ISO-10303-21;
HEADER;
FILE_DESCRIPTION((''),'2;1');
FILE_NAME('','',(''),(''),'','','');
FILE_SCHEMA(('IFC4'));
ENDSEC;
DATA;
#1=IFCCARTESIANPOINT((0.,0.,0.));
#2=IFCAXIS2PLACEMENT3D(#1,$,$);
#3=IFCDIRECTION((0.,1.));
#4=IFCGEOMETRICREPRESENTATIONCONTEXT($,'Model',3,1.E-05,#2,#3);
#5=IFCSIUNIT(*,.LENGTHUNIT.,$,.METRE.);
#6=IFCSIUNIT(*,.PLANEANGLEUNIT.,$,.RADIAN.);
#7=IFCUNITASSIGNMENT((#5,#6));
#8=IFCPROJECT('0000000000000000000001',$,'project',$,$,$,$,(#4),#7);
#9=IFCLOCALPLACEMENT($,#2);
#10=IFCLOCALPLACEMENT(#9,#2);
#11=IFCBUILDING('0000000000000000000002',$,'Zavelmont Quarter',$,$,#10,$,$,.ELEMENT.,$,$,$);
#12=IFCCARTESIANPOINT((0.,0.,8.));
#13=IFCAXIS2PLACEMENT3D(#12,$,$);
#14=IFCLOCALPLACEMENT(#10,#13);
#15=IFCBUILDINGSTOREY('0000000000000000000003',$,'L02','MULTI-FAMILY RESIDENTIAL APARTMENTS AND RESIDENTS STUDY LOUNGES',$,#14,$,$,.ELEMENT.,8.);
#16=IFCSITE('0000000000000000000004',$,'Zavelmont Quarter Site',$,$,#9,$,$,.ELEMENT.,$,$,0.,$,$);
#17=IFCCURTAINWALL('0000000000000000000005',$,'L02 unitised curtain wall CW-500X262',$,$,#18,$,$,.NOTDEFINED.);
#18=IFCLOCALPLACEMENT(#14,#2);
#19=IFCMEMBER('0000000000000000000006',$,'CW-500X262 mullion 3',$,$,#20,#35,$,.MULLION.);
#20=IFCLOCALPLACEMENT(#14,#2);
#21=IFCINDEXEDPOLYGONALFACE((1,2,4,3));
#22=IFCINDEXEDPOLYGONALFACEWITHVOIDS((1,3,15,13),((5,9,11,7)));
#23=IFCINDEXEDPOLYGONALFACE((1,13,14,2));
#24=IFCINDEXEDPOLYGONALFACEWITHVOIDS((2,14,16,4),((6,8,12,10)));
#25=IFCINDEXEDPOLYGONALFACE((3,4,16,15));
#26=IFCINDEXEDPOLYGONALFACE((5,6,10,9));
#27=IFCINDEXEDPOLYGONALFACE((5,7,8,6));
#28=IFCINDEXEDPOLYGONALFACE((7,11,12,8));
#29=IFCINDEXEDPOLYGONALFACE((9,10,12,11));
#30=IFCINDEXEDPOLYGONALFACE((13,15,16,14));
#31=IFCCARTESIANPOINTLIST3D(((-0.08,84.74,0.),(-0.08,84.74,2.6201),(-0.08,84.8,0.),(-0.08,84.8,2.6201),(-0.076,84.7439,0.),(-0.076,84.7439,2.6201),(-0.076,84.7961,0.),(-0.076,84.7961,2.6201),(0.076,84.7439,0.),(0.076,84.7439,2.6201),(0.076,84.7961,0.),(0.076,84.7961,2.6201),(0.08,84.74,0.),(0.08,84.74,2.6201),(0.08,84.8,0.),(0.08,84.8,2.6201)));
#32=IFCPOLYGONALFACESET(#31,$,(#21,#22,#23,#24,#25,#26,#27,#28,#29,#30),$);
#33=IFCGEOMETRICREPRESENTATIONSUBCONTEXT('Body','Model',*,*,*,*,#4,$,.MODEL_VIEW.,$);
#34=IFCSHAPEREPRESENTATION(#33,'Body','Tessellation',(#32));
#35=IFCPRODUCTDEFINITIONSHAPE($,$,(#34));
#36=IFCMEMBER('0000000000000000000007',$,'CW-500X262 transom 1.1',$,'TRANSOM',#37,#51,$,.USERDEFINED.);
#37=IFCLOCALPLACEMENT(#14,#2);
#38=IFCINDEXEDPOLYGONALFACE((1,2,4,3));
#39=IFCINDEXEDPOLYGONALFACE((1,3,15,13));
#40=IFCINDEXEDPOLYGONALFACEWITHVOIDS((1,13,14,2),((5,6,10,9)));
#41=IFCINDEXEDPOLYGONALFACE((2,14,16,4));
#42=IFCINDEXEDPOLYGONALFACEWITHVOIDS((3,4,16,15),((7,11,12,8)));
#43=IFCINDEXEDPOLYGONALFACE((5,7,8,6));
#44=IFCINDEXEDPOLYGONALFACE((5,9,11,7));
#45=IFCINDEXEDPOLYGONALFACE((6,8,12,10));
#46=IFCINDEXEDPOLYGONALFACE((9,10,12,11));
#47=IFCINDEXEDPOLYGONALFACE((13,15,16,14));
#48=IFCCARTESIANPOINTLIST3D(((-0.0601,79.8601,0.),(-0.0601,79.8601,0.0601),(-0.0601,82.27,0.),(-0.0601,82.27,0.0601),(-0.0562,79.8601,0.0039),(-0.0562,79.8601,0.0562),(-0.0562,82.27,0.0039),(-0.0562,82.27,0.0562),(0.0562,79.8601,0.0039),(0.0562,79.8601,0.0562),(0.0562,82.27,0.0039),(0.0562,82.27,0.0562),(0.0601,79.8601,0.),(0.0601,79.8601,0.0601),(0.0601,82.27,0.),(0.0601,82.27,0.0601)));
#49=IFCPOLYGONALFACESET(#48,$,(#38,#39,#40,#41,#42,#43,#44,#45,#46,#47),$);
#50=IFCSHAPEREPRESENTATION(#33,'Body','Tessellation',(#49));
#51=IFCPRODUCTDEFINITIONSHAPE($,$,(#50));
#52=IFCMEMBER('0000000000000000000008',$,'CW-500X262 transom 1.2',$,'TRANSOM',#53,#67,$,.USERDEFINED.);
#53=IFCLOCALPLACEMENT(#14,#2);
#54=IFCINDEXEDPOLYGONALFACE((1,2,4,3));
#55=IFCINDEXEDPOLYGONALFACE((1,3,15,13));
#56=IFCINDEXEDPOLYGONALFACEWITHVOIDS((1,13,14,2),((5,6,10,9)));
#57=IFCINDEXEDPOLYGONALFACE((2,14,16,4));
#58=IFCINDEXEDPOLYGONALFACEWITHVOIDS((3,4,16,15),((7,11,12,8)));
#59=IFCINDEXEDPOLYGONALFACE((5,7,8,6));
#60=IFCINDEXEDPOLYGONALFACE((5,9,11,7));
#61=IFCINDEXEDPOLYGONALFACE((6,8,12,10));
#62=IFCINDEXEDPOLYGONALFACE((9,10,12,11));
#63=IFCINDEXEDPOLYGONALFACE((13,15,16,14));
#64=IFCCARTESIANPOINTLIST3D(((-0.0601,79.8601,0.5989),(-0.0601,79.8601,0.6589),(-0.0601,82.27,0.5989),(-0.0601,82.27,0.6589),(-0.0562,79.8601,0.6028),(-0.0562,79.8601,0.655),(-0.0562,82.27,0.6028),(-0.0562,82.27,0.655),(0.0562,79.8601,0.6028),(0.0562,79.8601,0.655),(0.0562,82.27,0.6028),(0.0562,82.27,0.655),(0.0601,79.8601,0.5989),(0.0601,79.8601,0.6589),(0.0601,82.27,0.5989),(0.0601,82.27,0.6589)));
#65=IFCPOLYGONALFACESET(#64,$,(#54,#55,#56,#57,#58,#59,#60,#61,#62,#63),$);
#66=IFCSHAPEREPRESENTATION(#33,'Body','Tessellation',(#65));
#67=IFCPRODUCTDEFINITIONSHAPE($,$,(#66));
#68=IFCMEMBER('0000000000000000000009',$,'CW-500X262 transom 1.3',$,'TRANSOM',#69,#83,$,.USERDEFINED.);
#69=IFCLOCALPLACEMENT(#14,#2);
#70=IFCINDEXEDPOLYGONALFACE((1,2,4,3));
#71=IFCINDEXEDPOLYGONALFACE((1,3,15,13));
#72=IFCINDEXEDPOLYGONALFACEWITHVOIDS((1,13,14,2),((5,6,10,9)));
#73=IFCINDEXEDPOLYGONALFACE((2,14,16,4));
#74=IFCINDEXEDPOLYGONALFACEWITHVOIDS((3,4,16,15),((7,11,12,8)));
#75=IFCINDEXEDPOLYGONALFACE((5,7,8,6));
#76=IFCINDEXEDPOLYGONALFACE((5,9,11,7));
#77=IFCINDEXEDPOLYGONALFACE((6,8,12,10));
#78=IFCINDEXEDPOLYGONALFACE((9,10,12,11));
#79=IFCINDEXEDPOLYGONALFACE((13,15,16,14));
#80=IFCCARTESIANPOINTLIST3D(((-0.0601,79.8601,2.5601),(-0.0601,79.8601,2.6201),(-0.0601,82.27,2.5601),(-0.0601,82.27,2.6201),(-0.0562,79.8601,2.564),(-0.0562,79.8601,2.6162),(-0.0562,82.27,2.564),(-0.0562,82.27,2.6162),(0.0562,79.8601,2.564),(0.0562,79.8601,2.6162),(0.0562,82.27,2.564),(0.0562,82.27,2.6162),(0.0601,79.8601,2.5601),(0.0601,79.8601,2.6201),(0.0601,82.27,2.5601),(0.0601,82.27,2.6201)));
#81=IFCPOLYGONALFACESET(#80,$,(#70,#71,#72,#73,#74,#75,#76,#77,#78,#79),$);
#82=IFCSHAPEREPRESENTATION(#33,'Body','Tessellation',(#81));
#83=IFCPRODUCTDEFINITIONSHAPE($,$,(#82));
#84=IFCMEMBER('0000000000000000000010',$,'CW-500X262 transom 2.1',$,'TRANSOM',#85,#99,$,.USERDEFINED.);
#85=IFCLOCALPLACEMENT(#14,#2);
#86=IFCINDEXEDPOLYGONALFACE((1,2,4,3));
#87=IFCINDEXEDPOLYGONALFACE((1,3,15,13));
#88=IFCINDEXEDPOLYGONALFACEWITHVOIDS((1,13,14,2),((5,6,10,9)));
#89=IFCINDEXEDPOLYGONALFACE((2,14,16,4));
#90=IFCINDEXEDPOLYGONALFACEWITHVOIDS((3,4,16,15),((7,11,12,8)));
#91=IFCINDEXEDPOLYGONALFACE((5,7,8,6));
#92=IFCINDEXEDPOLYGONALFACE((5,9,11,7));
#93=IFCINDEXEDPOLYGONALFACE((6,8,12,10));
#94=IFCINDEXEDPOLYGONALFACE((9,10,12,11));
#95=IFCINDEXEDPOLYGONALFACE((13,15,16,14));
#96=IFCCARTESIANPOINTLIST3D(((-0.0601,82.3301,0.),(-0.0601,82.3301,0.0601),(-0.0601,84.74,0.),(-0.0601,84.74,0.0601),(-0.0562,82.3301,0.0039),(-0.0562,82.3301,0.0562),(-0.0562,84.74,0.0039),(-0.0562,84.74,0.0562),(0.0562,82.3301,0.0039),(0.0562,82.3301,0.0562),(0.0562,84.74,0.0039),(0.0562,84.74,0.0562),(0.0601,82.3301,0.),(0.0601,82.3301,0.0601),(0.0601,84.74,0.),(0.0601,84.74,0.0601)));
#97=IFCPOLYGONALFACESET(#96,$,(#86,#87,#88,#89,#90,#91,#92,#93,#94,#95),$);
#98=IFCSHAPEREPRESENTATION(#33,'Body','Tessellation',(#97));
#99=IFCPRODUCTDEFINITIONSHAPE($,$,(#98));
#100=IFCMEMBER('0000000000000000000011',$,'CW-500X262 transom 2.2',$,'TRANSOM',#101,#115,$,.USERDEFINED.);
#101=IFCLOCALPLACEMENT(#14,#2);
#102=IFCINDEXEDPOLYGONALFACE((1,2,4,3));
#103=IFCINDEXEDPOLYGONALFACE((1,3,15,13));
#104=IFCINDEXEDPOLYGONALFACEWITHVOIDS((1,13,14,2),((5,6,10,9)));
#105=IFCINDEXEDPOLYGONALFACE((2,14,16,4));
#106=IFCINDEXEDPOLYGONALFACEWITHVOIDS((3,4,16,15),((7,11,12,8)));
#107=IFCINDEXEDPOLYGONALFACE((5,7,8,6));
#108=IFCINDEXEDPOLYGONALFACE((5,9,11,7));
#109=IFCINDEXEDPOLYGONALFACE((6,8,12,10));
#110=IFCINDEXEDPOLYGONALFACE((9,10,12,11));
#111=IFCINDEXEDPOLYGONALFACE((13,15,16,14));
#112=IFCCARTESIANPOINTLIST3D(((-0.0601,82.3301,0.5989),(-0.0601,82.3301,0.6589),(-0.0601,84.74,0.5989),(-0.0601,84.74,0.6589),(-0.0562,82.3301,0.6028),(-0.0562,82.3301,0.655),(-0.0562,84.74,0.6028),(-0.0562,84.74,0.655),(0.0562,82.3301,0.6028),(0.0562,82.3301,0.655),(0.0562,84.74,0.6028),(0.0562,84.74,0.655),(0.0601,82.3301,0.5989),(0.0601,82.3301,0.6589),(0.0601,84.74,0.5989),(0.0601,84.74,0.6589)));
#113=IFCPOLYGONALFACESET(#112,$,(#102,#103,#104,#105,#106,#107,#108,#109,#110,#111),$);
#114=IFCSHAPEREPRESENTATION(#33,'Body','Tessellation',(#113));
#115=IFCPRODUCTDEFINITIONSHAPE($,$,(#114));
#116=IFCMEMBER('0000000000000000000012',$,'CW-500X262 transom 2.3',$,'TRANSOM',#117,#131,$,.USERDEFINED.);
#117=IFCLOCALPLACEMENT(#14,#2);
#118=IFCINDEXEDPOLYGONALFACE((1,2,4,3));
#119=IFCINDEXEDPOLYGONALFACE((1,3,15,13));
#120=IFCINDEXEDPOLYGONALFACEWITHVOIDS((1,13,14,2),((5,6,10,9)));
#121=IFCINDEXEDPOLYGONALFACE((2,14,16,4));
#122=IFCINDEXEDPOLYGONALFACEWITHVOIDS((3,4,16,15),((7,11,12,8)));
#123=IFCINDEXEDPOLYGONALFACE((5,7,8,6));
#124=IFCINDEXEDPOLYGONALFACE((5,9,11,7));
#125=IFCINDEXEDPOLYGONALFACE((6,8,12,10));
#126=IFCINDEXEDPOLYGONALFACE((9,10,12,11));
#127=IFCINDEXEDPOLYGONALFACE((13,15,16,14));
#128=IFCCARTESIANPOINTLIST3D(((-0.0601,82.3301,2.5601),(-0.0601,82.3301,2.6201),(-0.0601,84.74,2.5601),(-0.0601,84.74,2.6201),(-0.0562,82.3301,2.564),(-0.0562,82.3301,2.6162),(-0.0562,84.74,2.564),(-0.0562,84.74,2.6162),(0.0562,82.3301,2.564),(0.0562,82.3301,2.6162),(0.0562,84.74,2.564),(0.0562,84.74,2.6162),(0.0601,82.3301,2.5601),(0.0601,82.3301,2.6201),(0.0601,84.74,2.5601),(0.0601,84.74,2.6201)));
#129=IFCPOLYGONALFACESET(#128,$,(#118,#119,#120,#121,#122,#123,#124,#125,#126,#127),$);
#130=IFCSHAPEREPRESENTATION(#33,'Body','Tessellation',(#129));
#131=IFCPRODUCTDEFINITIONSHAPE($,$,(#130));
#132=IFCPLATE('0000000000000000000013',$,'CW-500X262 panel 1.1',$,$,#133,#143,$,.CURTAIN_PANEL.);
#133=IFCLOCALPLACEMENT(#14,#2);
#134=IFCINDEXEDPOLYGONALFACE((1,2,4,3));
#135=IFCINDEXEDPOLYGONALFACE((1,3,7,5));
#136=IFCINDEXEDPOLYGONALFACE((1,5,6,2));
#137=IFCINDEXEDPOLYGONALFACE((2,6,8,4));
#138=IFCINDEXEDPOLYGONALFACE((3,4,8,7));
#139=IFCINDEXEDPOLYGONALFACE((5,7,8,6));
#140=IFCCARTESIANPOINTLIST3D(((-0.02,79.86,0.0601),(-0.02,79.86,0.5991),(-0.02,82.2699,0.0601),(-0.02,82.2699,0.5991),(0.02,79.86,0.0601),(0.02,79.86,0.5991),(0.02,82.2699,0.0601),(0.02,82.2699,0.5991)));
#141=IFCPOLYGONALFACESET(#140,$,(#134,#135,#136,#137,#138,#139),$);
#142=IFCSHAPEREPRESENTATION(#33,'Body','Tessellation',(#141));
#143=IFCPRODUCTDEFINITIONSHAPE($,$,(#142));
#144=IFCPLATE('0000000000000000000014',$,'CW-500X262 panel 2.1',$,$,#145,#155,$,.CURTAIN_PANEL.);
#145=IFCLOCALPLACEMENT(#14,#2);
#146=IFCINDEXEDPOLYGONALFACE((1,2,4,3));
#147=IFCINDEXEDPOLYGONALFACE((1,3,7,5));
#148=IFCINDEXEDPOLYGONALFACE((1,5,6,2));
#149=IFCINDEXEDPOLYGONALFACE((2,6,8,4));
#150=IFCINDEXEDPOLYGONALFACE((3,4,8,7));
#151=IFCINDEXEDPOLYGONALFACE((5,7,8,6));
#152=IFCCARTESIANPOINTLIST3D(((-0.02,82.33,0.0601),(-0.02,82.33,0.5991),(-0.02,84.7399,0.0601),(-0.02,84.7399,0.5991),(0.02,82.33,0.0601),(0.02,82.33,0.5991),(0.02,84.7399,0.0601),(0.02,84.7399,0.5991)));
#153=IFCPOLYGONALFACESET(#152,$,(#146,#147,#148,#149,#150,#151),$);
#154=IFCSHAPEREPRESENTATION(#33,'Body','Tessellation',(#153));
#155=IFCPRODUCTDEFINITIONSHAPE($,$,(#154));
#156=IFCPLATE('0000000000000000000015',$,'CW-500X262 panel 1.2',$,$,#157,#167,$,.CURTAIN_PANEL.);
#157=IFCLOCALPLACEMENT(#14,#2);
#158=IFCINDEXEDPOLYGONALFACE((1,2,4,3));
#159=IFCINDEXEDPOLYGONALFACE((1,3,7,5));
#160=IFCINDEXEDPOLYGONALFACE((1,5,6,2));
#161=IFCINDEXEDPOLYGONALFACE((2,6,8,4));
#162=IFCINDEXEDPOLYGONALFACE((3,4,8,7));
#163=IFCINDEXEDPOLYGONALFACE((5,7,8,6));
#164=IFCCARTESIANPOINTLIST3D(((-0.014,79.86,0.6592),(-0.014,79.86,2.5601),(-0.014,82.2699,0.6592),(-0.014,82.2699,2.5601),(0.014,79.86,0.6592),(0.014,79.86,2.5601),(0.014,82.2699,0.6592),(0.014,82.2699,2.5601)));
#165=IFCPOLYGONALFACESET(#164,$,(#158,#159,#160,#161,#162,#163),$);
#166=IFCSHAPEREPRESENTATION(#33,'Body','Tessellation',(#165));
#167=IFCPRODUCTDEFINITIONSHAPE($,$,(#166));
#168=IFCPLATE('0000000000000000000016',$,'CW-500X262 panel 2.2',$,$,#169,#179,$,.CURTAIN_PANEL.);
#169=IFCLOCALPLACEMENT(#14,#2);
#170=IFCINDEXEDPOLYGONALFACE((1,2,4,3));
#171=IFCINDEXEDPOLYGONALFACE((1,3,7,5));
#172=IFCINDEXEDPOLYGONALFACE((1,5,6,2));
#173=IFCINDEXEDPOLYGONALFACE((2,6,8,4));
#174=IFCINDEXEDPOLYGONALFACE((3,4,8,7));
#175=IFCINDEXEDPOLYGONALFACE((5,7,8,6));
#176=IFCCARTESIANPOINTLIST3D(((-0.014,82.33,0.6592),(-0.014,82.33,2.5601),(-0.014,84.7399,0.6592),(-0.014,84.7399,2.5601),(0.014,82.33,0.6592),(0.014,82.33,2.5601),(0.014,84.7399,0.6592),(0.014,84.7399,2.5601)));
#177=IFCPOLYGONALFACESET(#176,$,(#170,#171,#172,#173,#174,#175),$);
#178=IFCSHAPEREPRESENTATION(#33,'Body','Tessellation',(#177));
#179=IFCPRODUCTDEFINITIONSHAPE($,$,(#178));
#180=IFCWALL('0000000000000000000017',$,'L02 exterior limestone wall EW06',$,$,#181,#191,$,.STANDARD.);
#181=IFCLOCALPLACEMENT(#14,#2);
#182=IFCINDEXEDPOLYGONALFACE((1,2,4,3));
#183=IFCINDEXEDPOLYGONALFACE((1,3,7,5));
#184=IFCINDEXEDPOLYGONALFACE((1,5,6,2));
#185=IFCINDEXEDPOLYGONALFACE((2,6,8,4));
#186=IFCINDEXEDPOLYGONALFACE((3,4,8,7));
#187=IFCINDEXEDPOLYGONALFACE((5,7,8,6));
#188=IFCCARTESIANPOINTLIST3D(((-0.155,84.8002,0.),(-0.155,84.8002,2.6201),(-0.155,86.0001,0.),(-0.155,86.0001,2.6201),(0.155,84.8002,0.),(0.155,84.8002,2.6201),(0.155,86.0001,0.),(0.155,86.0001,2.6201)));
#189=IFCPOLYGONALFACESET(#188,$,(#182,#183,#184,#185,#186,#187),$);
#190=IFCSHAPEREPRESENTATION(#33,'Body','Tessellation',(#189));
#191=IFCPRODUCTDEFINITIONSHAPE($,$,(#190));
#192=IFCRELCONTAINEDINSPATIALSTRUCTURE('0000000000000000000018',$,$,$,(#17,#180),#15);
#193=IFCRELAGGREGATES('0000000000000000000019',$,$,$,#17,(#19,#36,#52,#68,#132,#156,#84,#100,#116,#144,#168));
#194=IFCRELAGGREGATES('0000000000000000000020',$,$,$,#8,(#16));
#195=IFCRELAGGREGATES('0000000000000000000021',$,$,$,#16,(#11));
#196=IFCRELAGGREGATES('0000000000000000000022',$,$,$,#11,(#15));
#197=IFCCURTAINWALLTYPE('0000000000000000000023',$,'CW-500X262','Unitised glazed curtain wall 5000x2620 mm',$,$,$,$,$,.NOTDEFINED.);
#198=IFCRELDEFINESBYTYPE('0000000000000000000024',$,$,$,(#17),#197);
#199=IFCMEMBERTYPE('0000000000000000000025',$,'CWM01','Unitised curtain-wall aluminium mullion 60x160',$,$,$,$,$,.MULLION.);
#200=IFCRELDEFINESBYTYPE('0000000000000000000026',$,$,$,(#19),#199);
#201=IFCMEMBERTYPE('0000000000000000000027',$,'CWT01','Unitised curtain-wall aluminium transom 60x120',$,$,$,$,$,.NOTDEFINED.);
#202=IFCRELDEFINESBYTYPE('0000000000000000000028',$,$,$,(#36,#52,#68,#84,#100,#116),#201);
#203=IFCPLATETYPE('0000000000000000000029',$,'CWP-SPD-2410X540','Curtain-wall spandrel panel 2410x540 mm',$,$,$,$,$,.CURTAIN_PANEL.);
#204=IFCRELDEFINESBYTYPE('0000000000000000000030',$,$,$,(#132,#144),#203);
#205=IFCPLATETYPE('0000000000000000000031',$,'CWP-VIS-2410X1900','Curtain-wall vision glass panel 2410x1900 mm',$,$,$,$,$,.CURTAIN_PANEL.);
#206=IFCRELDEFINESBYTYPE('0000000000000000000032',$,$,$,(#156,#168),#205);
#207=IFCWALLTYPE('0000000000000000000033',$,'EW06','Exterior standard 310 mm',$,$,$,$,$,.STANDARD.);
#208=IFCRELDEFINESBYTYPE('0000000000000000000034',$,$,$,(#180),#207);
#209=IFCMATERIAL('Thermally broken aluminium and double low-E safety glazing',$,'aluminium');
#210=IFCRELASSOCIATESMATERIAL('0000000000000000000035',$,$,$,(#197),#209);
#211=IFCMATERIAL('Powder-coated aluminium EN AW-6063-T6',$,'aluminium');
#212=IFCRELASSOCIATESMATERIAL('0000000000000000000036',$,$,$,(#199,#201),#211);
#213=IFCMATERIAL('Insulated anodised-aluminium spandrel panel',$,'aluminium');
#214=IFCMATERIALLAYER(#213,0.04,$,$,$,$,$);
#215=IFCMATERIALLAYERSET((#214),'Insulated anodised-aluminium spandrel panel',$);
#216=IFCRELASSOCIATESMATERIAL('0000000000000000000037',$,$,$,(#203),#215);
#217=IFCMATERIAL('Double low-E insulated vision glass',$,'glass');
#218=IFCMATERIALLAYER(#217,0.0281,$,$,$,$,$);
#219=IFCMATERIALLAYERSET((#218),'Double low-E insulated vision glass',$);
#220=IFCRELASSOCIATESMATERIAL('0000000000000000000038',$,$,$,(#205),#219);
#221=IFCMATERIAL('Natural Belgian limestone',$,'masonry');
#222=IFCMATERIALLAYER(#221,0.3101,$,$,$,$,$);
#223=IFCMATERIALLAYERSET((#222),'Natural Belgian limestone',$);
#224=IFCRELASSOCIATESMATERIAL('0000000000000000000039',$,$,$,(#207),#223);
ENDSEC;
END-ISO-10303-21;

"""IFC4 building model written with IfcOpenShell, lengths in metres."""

from ifc_helpers import new_model, si_unit, direction, frame, frame_2d, origin, origin_2d, place, context, subcontext, project, spatial, rectangle, hollow_rectangle, extrude, material, layer, layer_set, material_profile, profile_set, type_object, element, aggregate, save


model = new_model("IFC4")

# Units and contexts
model_context = context("Model", 3, precision=1e-05, world=origin(), true_north=direction((0.0, 1.0)))
body_context = subcontext(model_context, "Body", "Model", "MODEL_VIEW")
ifc_project = project(units=[si_unit("LENGTHUNIT", "METRE"), si_unit("PLANEANGLEUNIT", "RADIAN")], contexts=[model_context])

# Site, building, storey
site_placement = place(None, origin())
site = spatial("IfcSite", under=ifc_project, at=site_placement, Name="Zavelmont Quarter Site", CompositionType="ELEMENT", RefElevation=0.0)
building_placement = place(site_placement, origin())
building = spatial("IfcBuilding", under=site, at=building_placement, Name="Zavelmont Quarter", CompositionType="ELEMENT")
storey_placement = place(building_placement, frame((0.0, 0.0, 8.0)))
storey = spatial("IfcBuildingStorey", under=building, at=storey_placement, Name="L02", Description="MULTI-FAMILY RESIDENTIAL APARTMENTS AND RESIDENTS STUDY LOUNGES", CompositionType="ELEMENT", Elevation=8.0)

# Curtain wall, members, plates
ifc_material_1 = material(Name="Thermally broken aluminium and double low-E safety glazing", Category="aluminium")
curtain_wall_type = type_object("IfcCurtainWallType", Name="CW-500X262", Description="Unitised glazed curtain wall 5000x2620 mm", PredefinedType="NOTDEFINED", material=ifc_material_1)
curtain_wall_placement = place(storey_placement, origin())
curtain_wall = element("IfcCurtainWall", 1, at=curtain_wall_placement, inside=storey, type_object=curtain_wall_type, Name="L02 unitised curtain wall CW-500X262", PredefinedType="NOTDEFINED")
ifc_material_2 = material(Name="Powder-coated aluminium EN AW-6063-T6", Category="aluminium")
ifc_material_profile_1 = material_profile(ifc_material_2, hollow_rectangle(XDim=0.0601, YDim=0.1599, WallThickness=0.0039, at=origin_2d()), Name="CWM60X160")
ifc_profile_set_1 = profile_set([ifc_material_profile_1], Name="Powder-coated aluminium EN AW-6063-T6")
member_type_1 = type_object("IfcMemberType", Name="CWM01", Description="Unitised curtain-wall aluminium mullion 60x160", PredefinedType="MULLION", material=ifc_profile_set_1)
member_1_placement = place(storey_placement, frame((0.0, 84.77, 0.0), z_axis=(0.0, 0.0, 1.0), x_axis=(0.0, 1.0, 0.0)))
member_1 = element("IfcMember", 2, at=member_1_placement, type_object=member_type_1, Name="CW-500X262 mullion 3", PredefinedType="MULLION", context=body_context, shape_type="SweptSolid", body=[
    extrude(hollow_rectangle(XDim=0.0601, YDim=0.1599, WallThickness=0.0039, at=origin_2d()), origin(), (0.0, 0.0, 1.0), 2.6201),
])
ifc_material_profile_2 = material_profile(ifc_material_2, hollow_rectangle(XDim=0.1201, YDim=0.0601, WallThickness=0.0039, at=origin_2d()), Name="CWT60X120")
ifc_profile_set_2 = profile_set([ifc_material_profile_2], Name="Powder-coated aluminium EN AW-6063-T6")
member_type_2 = type_object("IfcMemberType", Name="CWT01", Description="Unitised curtain-wall aluminium transom 60x120", PredefinedType="NOTDEFINED", material=ifc_profile_set_2)
member_2_placement = place(storey_placement, frame((0.0, 79.8601, 0.03), z_axis=(0.0, 1.0, 0.0), x_axis=(-1.0, 0.0, 0.0)))
member_2 = element("IfcMember", 3, at=member_2_placement, type_object=member_type_2, Name="CW-500X262 transom 1.1", ObjectType="TRANSOM", PredefinedType="USERDEFINED", context=body_context, shape_type="SweptSolid", body=[
    extrude(hollow_rectangle(XDim=0.1201, YDim=0.0601, WallThickness=0.0039, at=origin_2d()), origin(), (0.0, 0.0, 1.0), 2.4099),
])
member_3_placement = place(storey_placement, frame((0.0, 79.8601, 0.6289), z_axis=(0.0, 1.0, 0.0), x_axis=(-1.0, 0.0, 0.0)))
member_3 = element("IfcMember", 4, at=member_3_placement, type_object=member_type_2, Name="CW-500X262 transom 1.2", ObjectType="TRANSOM", PredefinedType="USERDEFINED", context=body_context, shape_type="SweptSolid", body=[
    extrude(hollow_rectangle(XDim=0.1201, YDim=0.0601, WallThickness=0.0039, at=origin_2d()), origin(), (0.0, 0.0, 1.0), 2.4099),
])
member_4_placement = place(storey_placement, frame((0.0, 79.8601, 2.5901), z_axis=(0.0, 1.0, 0.0), x_axis=(-1.0, 0.0, 0.0)))
member_4 = element("IfcMember", 5, at=member_4_placement, type_object=member_type_2, Name="CW-500X262 transom 1.3", ObjectType="TRANSOM", PredefinedType="USERDEFINED", context=body_context, shape_type="SweptSolid", body=[
    extrude(hollow_rectangle(XDim=0.1201, YDim=0.0601, WallThickness=0.0039, at=origin_2d()), origin(), (0.0, 0.0, 1.0), 2.4099),
])
member_5_placement = place(storey_placement, frame((0.0, 82.3301, 0.03), z_axis=(0.0, 1.0, 0.0), x_axis=(-1.0, 0.0, 0.0)))
member_5 = element("IfcMember", 6, at=member_5_placement, type_object=member_type_2, Name="CW-500X262 transom 2.1", ObjectType="TRANSOM", PredefinedType="USERDEFINED", context=body_context, shape_type="SweptSolid", body=[
    extrude(hollow_rectangle(XDim=0.1201, YDim=0.0601, WallThickness=0.0039, at=origin_2d()), origin(), (0.0, 0.0, 1.0), 2.4099),
])
member_6_placement = place(storey_placement, frame((0.0, 82.3301, 0.6289), z_axis=(0.0, 1.0, 0.0), x_axis=(-1.0, 0.0, 0.0)))
member_6 = element("IfcMember", 7, at=member_6_placement, type_object=member_type_2, Name="CW-500X262 transom 2.2", ObjectType="TRANSOM", PredefinedType="USERDEFINED", context=body_context, shape_type="SweptSolid", body=[
    extrude(hollow_rectangle(XDim=0.1201, YDim=0.0601, WallThickness=0.0039, at=origin_2d()), origin(), (0.0, 0.0, 1.0), 2.4099),
])
member_7_placement = place(storey_placement, frame((0.0, 82.3301, 2.5901), z_axis=(0.0, 1.0, 0.0), x_axis=(-1.0, 0.0, 0.0)))
member_7 = element("IfcMember", 8, at=member_7_placement, type_object=member_type_2, Name="CW-500X262 transom 2.3", ObjectType="TRANSOM", PredefinedType="USERDEFINED", context=body_context, shape_type="SweptSolid", body=[
    extrude(hollow_rectangle(XDim=0.1201, YDim=0.0601, WallThickness=0.0039, at=origin_2d()), origin(), (0.0, 0.0, 1.0), 2.4099),
])
ifc_material_3 = material(Name="Insulated anodised-aluminium spandrel panel", Category="aluminium")
ifc_layer_1 = layer(ifc_material_3, 0.04)
ifc_layer_set_1 = layer_set([ifc_layer_1], Name="Insulated anodised-aluminium spandrel panel")
plate_type_1 = type_object("IfcPlateType", Name="CWP-SPD-2410X540", Description="Curtain-wall spandrel panel 2410x540 mm", PredefinedType="CURTAIN_PANEL", material=ifc_layer_set_1)
plate_1_placement = place(storey_placement, frame((0.0, 81.0649, 0.0601), z_axis=(0.0, 0.0, 1.0), x_axis=(0.0, 1.0, 0.0)))
plate_1 = element("IfcPlate", 9, at=plate_1_placement, type_object=plate_type_1, Name="CW-500X262 panel 1.1", PredefinedType="CURTAIN_PANEL", context=body_context, shape_type="SweptSolid", body=[
    extrude(rectangle(XDim=2.4099, YDim=0.04, at=origin_2d()), origin(), (0.0, 0.0, 1.0), 0.5391),
])
plate_2_placement = place(storey_placement, frame((0.0, 83.5349, 0.0601), z_axis=(0.0, 0.0, 1.0), x_axis=(0.0, 1.0, 0.0)))
plate_2 = element("IfcPlate", 10, at=plate_2_placement, type_object=plate_type_1, Name="CW-500X262 panel 2.1", PredefinedType="CURTAIN_PANEL", context=body_context, shape_type="SweptSolid", body=[
    extrude(rectangle(XDim=2.4099, YDim=0.04, at=origin_2d()), origin(), (0.0, 0.0, 1.0), 0.5391),
])
ifc_material_4 = material(Name="Double low-E insulated vision glass", Category="glass")
ifc_layer_2 = layer(ifc_material_4, 0.0281)
ifc_layer_set_2 = layer_set([ifc_layer_2], Name="Double low-E insulated vision glass")
plate_type_2 = type_object("IfcPlateType", Name="CWP-VIS-2410X1900", Description="Curtain-wall vision glass panel 2410x1900 mm", PredefinedType="CURTAIN_PANEL", material=ifc_layer_set_2)
plate_3_placement = place(storey_placement, frame((0.0, 81.0649, 0.6592), z_axis=(0.0, 0.0, 1.0), x_axis=(0.0, 1.0, 0.0)))
plate_3 = element("IfcPlate", 11, at=plate_3_placement, type_object=plate_type_2, Name="CW-500X262 panel 1.2", PredefinedType="CURTAIN_PANEL", context=body_context, shape_type="SweptSolid", body=[
    extrude(rectangle(XDim=2.4099, YDim=0.0281, at=origin_2d()), origin(), (0.0, 0.0, 1.0), 1.9009),
])
plate_4_placement = place(storey_placement, frame((0.0, 83.5349, 0.6592), z_axis=(0.0, 0.0, 1.0), x_axis=(0.0, 1.0, 0.0)))
plate_4 = element("IfcPlate", 12, at=plate_4_placement, type_object=plate_type_2, Name="CW-500X262 panel 2.2", PredefinedType="CURTAIN_PANEL", context=body_context, shape_type="SweptSolid", body=[
    extrude(rectangle(XDim=2.4099, YDim=0.0281, at=origin_2d()), origin(), (0.0, 0.0, 1.0), 1.9009),
])
aggregate(curtain_wall, [member_1, member_2, member_3, member_4, plate_1, plate_3, member_5, member_6, member_7, plate_2, plate_4])

# Wall
ifc_material_5 = material(Name="Natural Belgian limestone", Category="masonry")
ifc_layer_3 = layer(ifc_material_5, 0.3101)
ifc_layer_set_3 = layer_set([ifc_layer_3], Name="Natural Belgian limestone")
wall_type_1 = type_object("IfcWallType", Name="EW06", Description="Exterior standard 310 mm", PredefinedType="STANDARD", material=ifc_layer_set_3)
wall_1_placement = place(storey_placement, frame((0.0, 84.8, 0.0), z_axis=(0.0, 0.0, 1.0), x_axis=(0.0, 1.0, 0.0)))
element("IfcWall", 13, at=wall_1_placement, inside=storey, type_object=wall_type_1, Name="L02 exterior limestone wall EW06", PredefinedType="STANDARD", context=body_context, shape_type="SweptSolid", body=[
    extrude(rectangle(XDim=1.2, YDim=0.3101, at=frame_2d((0.6001, 0.0))), origin(), (0.0, 0.0, 1.0), 2.6201),
])

save(model, "model.ifc")
